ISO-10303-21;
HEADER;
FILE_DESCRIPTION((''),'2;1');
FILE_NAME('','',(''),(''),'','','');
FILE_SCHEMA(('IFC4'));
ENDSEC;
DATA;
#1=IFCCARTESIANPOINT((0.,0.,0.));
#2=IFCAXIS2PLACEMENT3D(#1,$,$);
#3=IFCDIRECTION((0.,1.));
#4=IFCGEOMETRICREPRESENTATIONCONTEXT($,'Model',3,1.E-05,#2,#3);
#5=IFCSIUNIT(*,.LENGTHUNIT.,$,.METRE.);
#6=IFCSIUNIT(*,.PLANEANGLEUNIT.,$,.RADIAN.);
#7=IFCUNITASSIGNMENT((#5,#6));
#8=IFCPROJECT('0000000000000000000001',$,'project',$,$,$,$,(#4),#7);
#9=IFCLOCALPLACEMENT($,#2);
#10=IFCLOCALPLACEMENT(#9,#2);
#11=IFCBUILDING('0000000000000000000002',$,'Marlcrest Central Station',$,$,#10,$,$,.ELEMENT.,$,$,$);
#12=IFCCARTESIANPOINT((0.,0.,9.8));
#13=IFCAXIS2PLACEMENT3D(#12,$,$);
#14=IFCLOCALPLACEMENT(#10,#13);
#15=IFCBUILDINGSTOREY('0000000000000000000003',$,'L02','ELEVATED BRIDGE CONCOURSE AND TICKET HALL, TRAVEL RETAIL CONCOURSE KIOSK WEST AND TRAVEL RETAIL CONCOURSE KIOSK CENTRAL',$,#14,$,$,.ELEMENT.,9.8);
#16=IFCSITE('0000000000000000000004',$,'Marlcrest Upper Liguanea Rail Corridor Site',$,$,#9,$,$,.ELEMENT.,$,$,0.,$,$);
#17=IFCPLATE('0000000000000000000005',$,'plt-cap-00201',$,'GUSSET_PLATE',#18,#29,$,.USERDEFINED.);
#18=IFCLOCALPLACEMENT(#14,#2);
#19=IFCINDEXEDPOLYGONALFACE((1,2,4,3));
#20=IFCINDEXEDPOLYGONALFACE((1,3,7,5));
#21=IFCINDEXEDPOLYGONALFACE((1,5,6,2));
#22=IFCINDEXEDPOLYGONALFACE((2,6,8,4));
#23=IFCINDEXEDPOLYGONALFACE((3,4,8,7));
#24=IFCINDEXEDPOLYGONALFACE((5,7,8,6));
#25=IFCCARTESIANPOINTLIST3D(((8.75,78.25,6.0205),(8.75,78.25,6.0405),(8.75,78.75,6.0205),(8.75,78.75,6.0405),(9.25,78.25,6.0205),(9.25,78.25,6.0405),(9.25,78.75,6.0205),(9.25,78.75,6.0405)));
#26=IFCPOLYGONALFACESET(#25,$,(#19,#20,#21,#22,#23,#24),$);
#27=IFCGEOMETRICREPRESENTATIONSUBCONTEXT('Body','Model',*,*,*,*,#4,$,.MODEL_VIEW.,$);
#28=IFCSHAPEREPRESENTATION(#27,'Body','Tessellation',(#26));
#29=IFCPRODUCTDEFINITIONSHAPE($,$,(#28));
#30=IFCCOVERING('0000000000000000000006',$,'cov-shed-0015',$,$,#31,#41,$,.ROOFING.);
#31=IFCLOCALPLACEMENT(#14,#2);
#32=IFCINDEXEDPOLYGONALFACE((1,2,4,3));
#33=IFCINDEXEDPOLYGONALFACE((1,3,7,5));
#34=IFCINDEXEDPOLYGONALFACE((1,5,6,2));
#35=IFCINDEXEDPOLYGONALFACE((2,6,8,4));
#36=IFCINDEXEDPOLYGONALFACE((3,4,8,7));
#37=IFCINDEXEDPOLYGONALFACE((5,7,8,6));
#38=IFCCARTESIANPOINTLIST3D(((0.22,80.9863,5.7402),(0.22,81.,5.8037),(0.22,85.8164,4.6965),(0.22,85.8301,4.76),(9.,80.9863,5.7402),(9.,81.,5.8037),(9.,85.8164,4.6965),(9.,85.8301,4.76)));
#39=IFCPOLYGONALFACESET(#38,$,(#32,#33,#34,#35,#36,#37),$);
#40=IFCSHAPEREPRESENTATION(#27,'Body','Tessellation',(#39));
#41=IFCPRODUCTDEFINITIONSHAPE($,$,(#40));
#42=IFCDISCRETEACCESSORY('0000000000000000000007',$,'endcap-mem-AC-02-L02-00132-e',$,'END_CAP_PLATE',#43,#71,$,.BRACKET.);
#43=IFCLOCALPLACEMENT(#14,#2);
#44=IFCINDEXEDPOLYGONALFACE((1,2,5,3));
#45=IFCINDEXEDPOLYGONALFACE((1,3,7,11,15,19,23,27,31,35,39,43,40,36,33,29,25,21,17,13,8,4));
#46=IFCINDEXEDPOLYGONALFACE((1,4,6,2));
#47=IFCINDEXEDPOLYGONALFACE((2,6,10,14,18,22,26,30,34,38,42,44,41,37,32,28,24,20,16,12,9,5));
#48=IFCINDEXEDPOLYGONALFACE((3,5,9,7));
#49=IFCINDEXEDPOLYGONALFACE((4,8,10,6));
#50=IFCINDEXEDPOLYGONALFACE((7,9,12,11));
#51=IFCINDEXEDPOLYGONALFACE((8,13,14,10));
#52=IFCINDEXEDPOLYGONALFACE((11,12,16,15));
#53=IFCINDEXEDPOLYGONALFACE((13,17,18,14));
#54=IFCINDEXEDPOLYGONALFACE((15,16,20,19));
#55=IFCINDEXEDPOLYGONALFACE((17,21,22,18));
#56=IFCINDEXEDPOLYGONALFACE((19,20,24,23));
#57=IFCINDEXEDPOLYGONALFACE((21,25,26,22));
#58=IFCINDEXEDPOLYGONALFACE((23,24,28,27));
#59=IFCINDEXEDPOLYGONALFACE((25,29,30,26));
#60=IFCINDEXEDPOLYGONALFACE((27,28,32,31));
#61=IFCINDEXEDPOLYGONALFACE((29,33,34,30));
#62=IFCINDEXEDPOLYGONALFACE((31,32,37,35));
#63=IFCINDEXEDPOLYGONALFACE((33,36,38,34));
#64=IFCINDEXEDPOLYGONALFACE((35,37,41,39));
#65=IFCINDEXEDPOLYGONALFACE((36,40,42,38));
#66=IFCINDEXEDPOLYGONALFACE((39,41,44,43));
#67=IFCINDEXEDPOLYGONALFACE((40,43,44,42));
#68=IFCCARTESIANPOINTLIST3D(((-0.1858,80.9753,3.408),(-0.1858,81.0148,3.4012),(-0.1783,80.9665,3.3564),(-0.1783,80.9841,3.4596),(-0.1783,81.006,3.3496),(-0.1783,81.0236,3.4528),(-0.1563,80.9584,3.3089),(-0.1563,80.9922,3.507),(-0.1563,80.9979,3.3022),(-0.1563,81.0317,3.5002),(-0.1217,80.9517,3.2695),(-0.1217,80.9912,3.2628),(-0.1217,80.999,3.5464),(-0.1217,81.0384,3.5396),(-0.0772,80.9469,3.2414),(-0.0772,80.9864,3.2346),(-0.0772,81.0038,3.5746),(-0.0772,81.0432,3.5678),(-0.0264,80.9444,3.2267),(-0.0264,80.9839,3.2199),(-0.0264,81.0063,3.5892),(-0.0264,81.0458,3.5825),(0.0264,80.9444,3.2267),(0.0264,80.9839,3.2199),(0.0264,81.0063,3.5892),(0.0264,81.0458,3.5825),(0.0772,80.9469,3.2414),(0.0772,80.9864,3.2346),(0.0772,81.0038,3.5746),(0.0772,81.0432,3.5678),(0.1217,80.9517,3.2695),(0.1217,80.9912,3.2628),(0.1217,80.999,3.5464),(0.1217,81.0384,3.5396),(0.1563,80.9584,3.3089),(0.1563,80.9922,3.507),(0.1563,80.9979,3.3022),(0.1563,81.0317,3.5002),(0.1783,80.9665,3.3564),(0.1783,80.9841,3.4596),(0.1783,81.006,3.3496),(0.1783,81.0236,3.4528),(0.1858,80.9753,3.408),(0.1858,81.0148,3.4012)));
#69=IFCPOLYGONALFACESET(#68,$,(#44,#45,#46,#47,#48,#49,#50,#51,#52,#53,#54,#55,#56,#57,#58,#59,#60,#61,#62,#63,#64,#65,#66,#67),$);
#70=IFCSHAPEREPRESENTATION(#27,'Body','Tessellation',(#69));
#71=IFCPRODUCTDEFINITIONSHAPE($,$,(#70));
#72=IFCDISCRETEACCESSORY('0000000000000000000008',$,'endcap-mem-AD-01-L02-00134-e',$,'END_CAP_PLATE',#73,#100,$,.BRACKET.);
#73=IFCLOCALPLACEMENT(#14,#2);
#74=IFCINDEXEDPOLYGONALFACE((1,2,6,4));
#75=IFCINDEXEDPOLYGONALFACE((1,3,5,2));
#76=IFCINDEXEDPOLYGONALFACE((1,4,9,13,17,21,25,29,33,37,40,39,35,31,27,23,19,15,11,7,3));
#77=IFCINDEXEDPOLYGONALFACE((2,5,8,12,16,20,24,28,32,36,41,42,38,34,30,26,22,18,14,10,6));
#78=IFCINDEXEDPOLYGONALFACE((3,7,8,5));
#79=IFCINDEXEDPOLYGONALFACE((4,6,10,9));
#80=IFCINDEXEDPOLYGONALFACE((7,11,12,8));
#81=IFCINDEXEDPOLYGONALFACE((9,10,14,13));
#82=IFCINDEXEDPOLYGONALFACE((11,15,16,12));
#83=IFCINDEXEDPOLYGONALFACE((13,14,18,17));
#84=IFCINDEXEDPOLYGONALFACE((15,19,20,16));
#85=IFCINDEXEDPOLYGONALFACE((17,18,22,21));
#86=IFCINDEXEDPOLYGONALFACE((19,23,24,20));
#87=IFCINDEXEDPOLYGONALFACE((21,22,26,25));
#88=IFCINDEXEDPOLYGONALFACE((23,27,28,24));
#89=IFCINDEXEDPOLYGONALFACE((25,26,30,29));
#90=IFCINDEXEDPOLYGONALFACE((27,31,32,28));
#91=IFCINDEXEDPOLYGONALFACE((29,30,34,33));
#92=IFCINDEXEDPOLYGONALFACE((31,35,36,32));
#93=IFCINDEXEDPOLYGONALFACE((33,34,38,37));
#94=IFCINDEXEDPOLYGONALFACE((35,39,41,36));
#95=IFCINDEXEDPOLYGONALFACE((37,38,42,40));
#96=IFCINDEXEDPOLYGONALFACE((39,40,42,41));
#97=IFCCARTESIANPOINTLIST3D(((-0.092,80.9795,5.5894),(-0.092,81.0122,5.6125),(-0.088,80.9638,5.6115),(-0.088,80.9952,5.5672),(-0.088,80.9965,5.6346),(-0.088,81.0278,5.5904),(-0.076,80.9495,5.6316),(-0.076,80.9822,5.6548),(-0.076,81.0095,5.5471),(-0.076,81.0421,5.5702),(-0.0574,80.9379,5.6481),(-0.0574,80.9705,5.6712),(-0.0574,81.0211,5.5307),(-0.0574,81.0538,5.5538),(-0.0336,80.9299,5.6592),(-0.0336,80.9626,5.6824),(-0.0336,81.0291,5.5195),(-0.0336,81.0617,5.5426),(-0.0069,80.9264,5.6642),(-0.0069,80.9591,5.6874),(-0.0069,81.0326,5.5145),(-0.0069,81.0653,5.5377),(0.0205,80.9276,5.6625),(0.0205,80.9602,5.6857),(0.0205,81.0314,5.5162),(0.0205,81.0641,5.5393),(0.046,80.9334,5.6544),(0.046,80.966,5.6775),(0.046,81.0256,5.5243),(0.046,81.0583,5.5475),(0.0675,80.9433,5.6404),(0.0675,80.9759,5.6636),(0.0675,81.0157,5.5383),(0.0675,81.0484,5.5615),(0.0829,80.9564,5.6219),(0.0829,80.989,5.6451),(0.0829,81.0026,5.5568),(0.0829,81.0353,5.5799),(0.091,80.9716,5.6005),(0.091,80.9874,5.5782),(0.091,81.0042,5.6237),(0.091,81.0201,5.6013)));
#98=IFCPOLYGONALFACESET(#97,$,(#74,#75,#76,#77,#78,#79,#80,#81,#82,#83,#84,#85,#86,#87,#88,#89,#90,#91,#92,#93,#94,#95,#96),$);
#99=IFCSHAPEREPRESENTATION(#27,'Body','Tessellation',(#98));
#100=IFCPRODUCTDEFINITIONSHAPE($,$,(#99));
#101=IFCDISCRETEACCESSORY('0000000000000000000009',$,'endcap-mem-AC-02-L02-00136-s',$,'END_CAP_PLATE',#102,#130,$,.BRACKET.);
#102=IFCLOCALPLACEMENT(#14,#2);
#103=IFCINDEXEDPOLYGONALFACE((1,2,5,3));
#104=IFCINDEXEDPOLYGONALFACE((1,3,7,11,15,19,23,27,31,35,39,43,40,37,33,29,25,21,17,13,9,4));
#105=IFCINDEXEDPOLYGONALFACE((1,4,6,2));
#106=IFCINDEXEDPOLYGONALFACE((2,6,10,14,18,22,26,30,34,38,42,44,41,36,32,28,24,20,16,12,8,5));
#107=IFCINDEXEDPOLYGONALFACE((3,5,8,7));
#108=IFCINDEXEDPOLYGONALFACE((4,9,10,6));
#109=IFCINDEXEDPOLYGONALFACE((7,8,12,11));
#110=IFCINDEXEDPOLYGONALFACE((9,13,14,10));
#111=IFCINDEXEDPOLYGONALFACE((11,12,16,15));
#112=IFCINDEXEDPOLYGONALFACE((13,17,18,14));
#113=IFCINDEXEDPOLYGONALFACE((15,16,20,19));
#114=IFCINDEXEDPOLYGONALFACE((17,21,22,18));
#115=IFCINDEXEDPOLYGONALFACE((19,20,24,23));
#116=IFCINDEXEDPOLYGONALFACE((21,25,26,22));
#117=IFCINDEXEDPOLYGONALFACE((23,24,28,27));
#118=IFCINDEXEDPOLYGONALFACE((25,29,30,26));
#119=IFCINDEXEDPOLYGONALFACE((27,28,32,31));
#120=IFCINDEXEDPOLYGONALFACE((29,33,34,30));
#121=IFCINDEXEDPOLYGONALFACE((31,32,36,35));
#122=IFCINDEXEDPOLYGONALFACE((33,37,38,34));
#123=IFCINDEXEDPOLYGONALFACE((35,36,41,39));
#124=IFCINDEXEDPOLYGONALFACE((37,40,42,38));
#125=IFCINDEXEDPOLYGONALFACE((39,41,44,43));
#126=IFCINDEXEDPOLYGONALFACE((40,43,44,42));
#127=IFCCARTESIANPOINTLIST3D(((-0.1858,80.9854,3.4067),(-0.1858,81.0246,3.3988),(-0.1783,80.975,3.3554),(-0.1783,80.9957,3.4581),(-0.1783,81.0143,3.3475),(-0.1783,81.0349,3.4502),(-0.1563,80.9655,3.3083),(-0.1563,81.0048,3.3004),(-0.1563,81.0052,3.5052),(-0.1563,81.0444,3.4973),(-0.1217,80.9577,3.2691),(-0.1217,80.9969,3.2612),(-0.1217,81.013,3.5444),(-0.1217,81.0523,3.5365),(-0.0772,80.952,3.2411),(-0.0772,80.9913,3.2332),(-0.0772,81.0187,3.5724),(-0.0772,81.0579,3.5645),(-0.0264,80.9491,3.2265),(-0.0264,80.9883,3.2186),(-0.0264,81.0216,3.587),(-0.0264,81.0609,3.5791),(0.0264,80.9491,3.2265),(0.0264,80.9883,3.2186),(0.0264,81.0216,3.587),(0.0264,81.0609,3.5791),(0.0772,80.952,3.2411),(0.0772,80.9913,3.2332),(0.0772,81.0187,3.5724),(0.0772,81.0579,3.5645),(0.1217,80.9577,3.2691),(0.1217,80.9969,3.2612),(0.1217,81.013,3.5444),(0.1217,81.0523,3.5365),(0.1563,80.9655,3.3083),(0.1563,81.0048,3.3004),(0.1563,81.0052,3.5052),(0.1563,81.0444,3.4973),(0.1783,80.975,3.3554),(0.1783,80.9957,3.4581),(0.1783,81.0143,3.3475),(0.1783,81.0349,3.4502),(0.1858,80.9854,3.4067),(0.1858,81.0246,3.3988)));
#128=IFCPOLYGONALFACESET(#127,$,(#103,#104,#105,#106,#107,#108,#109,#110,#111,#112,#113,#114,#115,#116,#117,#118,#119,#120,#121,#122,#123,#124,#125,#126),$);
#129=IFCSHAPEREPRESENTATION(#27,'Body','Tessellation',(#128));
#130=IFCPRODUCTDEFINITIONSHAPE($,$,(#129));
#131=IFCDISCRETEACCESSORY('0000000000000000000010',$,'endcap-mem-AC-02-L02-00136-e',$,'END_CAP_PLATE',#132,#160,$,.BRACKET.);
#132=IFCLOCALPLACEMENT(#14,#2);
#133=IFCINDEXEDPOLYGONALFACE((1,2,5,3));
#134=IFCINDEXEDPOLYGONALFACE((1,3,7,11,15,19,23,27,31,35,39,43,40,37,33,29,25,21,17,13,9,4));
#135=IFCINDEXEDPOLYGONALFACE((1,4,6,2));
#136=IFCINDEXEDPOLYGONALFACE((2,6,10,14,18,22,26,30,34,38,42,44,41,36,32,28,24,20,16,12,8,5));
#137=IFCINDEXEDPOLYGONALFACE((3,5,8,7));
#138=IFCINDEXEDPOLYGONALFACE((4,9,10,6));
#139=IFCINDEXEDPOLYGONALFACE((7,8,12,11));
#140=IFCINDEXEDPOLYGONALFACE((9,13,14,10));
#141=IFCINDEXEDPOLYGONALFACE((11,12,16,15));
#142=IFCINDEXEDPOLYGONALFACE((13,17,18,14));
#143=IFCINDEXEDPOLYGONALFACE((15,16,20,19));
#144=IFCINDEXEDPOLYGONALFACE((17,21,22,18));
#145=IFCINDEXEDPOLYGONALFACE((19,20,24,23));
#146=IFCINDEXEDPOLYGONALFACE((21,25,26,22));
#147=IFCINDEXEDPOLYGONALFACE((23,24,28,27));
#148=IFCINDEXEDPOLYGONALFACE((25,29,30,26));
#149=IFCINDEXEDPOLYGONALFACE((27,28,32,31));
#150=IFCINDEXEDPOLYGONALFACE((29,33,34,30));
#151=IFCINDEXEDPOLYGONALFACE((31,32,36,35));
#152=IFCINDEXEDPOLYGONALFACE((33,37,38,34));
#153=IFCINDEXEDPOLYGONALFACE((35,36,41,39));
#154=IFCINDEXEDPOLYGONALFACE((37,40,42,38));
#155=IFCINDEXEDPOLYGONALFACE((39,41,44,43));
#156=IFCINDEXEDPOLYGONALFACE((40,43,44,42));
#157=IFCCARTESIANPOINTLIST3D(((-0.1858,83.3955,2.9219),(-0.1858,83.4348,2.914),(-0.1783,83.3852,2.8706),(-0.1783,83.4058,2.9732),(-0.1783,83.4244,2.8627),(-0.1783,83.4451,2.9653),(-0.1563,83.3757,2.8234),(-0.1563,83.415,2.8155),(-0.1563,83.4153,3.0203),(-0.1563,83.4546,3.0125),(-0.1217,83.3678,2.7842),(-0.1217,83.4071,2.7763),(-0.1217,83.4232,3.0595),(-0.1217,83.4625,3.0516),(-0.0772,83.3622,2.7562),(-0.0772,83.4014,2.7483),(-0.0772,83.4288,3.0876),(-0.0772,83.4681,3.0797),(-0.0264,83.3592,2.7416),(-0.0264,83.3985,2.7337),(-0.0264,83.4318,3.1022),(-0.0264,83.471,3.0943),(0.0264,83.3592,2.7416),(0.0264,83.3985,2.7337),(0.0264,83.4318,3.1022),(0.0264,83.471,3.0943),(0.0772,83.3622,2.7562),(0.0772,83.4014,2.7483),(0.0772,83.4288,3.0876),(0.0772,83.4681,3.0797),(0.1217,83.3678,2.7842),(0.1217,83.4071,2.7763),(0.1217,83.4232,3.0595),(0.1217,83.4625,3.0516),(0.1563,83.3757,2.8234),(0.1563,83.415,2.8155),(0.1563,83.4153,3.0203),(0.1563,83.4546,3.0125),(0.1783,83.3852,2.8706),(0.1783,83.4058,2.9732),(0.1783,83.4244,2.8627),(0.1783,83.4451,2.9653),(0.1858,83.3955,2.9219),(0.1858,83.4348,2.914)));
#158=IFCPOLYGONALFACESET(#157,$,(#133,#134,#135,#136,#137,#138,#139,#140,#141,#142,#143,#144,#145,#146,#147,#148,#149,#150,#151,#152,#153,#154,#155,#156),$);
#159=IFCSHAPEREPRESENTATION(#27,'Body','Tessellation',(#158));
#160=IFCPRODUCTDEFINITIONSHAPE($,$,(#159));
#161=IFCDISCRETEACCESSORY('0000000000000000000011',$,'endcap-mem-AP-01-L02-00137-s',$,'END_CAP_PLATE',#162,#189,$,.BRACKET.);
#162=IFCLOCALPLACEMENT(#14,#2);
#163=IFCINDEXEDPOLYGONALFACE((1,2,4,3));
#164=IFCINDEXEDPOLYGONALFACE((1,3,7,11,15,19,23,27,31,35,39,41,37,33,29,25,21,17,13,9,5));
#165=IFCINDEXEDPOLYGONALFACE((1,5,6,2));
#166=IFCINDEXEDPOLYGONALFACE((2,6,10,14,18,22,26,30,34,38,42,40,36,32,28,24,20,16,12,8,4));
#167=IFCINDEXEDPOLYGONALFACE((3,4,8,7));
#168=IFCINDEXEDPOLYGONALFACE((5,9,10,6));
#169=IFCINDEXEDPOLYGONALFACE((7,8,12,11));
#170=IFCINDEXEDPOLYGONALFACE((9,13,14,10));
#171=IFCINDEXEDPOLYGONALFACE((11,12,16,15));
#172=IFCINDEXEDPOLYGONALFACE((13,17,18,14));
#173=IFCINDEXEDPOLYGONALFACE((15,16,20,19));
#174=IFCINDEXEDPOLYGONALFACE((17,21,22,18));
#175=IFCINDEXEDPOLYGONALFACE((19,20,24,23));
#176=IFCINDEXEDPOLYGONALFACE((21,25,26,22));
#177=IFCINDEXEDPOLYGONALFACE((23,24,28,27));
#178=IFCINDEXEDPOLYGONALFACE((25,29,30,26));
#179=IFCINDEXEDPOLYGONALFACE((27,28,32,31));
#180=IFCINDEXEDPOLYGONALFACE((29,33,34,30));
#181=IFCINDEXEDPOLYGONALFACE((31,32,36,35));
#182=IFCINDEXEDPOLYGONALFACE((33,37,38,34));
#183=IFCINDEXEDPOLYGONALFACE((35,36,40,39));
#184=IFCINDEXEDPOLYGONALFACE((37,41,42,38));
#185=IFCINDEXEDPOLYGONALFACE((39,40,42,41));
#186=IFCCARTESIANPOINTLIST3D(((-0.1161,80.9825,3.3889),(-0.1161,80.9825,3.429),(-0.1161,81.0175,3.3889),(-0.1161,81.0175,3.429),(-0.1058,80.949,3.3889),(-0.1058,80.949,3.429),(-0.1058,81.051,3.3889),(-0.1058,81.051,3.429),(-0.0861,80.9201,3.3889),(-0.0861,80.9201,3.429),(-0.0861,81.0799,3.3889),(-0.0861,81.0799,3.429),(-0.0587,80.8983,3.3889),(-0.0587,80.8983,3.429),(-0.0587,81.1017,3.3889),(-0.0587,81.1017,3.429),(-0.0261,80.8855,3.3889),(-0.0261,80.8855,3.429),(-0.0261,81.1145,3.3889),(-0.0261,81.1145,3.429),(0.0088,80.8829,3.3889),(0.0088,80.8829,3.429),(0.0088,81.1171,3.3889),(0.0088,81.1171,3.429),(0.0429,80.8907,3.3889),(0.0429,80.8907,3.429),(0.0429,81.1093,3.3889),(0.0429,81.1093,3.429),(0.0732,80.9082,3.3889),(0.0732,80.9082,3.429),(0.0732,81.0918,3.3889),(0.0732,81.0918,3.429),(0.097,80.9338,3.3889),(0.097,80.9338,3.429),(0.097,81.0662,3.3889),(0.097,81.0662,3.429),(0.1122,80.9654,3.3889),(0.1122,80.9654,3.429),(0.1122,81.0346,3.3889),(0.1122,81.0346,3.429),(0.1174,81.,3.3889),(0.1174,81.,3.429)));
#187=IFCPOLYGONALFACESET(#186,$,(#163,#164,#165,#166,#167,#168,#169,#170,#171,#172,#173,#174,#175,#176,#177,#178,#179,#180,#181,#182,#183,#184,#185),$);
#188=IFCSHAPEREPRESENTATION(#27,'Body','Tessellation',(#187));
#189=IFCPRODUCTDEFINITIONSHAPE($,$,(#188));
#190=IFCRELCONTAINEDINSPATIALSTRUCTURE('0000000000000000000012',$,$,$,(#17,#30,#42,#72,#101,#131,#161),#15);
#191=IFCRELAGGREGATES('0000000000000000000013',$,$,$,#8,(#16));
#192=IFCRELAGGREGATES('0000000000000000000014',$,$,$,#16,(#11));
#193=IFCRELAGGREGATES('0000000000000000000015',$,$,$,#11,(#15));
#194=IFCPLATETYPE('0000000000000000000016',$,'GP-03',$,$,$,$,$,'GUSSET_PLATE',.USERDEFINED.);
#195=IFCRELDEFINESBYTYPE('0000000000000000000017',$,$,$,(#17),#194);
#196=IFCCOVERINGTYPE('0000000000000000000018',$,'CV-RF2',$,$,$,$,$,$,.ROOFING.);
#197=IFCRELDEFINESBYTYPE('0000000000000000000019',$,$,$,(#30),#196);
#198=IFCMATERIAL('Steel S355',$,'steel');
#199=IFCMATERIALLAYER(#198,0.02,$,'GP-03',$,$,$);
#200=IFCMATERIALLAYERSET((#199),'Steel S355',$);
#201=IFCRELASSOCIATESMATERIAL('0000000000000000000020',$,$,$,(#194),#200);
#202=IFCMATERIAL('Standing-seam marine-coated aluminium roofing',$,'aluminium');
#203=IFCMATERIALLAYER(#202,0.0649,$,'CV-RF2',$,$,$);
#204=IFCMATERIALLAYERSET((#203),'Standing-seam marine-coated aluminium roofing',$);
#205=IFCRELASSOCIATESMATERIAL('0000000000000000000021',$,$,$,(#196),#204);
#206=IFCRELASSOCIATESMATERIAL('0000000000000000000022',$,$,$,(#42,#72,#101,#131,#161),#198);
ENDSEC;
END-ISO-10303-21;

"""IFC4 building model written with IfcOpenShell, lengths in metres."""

from ifc_helpers import new_model, si_unit, direction, frame, origin, origin_2d, place, context, subcontext, project, spatial, polyline, rectangle, circle, outline, extrude, material, layer, layer_set, type_object, element, save


model = new_model("IFC4")

# Units and contexts
model_context = context("Model", 3, precision=1e-05, world=origin(), true_north=direction((0.0, 1.0)))
body_context = subcontext(model_context, "Body", "Model", "MODEL_VIEW")
ifc_project = project(units=[si_unit("LENGTHUNIT", "METRE"), si_unit("PLANEANGLEUNIT", "RADIAN")], contexts=[model_context])

# Site, building, storey
site_placement = place(None, origin())
site = spatial("IfcSite", under=ifc_project, at=site_placement, Name="Marlcrest Upper Liguanea Rail Corridor Site", CompositionType="ELEMENT", RefElevation=0.0)
building_placement = place(site_placement, origin())
building = spatial("IfcBuilding", under=site, at=building_placement, Name="Marlcrest Central Station", CompositionType="ELEMENT")
storey_placement = place(building_placement, frame((0.0, 0.0, 9.8)))
storey = spatial("IfcBuildingStorey", under=building, at=storey_placement, Name="L02", Description="ELEVATED BRIDGE CONCOURSE AND TICKET HALL, TRAVEL RETAIL CONCOURSE KIOSK WEST AND TRAVEL RETAIL CONCOURSE KIOSK CENTRAL", CompositionType="ELEMENT", Elevation=9.8)

# Shared definitions
ifc_material_1 = material(Name="Steel S355", Category="steel")

# Plate
ifc_layer_1 = layer(ifc_material_1, 0.02, Name="GP-03")
ifc_layer_set_1 = layer_set([ifc_layer_1], Name="Steel S355")
plate_type = type_object("IfcPlateType", Name="GP-03", ElementType="GUSSET_PLATE", PredefinedType="USERDEFINED", material=ifc_layer_set_1)
for number, where, z_axis, x_axis, name in (
    (1, (9.0, 78.5, 6.0205), (0.0, 0.0, 1.0), (1.0, 0.0, 0.0), "plt-cap-00201"),
):
    element("IfcPlate", number, at=place(storey_placement, frame(where, z_axis=z_axis, x_axis=x_axis)), inside=storey, type_object=plate_type, Name=name, ObjectType="GUSSET_PLATE", PredefinedType="USERDEFINED", context=body_context, shape_type="SweptSolid", body=[
        extrude(rectangle(XDim=0.5, YDim=0.5, at=origin_2d()), origin(), (0.0, 0.0, 1.0), 0.02),
    ])

# Covering
ifc_material_2 = material(Name="Standing-seam marine-coated aluminium roofing", Category="aluminium")
ifc_layer_2 = layer(ifc_material_2, 0.0649, Name="CV-RF2")
ifc_layer_set_2 = layer_set([ifc_layer_2], Name="Standing-seam marine-coated aluminium roofing")
covering_type = type_object("IfcCoveringType", Name="CV-RF2", PredefinedType="ROOFING", material=ifc_layer_set_2)
covering_placement = place(storey_placement, frame((0.22, 81.0, 5.8037), z_axis=(0.0, 0.211209, 0.977441), x_axis=(1.0, 0.0, 0.0)))
element("IfcCovering", 2, at=covering_placement, inside=storey, type_object=covering_type, Name="cov-shed-0015", PredefinedType="ROOFING", context=body_context, shape_type="SweptSolid", body=[
    extrude(outline(polyline([(0.0, 0.0), (8.78, 0.0), (8.78, 4.9416), (0.0, 4.9416), (0.0, 0.0)])), origin(), (0.0, 0.0, -1.0), 0.0649),
])

# Discrete accessories
discrete_accessory_1_placement = place(storey_placement, frame((0.0, 80.9753, 3.408), z_axis=(0.0, 0.985741, -0.168269), x_axis=(-1.0, 0.0, 0.0)))
element("IfcDiscreteAccessory", 3, at=discrete_accessory_1_placement, inside=storey, material=ifc_material_1, Name="endcap-mem-AC-02-L02-00132-e", ObjectType="END_CAP_PLATE", PredefinedType="BRACKET", context=body_context, shape_type="SweptSolid", body=[
    extrude(circle(Radius=0.1858, at=origin_2d()), origin(), (0.0, 0.0, 1.0), 0.04),
])
discrete_accessory_2_placement = place(storey_placement, frame((0.0, 80.9795, 5.5894), z_axis=(0.0, 0.815661, 0.57853), x_axis=(-1.0, 0.0, 0.0)))
element("IfcDiscreteAccessory", 4, at=discrete_accessory_2_placement, inside=storey, material=ifc_material_1, Name="endcap-mem-AD-01-L02-00134-e", ObjectType="END_CAP_PLATE", PredefinedType="BRACKET", context=body_context, shape_type="SweptSolid", body=[
    extrude(circle(Radius=0.092, at=origin_2d()), origin(), (0.0, 0.0, 1.0), 0.04),
])
for number, where, z_axis, x_axis, name in (
    (5, (0.0, 80.9854, 3.4067), (0.0, 0.980359, -0.197219), (-1.0, 0.0, 0.0), "endcap-mem-AC-02-L02-00136-s"),
    (6, (0.0, 83.3955, 2.9219), (0.0, 0.980359, -0.197219), (-1.0, 0.0, 0.0), "endcap-mem-AC-02-L02-00136-e"),
):
    element("IfcDiscreteAccessory", number, at=place(storey_placement, frame(where, z_axis=z_axis, x_axis=x_axis)), inside=storey, material=ifc_material_1, Name=name, ObjectType="END_CAP_PLATE", PredefinedType="BRACKET", context=body_context, shape_type="SweptSolid", body=[
        extrude(circle(Radius=0.1858, at=origin_2d()), origin(), (0.0, 0.0, 1.0), 0.04),
    ])
for number, where, z_axis, x_axis, name in (
    (7, (0.0, 81.0, 3.3889), (0.0, 0.0, 1.0), (1.0, 0.0, 0.0), "endcap-mem-AP-01-L02-00137-s"),
):
    element("IfcDiscreteAccessory", number, at=place(storey_placement, frame(where, z_axis=z_axis, x_axis=x_axis)), inside=storey, material=ifc_material_1, Name=name, ObjectType="END_CAP_PLATE", PredefinedType="BRACKET", context=body_context, shape_type="SweptSolid", body=[
        extrude(circle(Radius=0.1174, at=origin_2d()), origin(), (0.0, 0.0, 1.0), 0.04),
    ])

save(model, "model.ifc")
